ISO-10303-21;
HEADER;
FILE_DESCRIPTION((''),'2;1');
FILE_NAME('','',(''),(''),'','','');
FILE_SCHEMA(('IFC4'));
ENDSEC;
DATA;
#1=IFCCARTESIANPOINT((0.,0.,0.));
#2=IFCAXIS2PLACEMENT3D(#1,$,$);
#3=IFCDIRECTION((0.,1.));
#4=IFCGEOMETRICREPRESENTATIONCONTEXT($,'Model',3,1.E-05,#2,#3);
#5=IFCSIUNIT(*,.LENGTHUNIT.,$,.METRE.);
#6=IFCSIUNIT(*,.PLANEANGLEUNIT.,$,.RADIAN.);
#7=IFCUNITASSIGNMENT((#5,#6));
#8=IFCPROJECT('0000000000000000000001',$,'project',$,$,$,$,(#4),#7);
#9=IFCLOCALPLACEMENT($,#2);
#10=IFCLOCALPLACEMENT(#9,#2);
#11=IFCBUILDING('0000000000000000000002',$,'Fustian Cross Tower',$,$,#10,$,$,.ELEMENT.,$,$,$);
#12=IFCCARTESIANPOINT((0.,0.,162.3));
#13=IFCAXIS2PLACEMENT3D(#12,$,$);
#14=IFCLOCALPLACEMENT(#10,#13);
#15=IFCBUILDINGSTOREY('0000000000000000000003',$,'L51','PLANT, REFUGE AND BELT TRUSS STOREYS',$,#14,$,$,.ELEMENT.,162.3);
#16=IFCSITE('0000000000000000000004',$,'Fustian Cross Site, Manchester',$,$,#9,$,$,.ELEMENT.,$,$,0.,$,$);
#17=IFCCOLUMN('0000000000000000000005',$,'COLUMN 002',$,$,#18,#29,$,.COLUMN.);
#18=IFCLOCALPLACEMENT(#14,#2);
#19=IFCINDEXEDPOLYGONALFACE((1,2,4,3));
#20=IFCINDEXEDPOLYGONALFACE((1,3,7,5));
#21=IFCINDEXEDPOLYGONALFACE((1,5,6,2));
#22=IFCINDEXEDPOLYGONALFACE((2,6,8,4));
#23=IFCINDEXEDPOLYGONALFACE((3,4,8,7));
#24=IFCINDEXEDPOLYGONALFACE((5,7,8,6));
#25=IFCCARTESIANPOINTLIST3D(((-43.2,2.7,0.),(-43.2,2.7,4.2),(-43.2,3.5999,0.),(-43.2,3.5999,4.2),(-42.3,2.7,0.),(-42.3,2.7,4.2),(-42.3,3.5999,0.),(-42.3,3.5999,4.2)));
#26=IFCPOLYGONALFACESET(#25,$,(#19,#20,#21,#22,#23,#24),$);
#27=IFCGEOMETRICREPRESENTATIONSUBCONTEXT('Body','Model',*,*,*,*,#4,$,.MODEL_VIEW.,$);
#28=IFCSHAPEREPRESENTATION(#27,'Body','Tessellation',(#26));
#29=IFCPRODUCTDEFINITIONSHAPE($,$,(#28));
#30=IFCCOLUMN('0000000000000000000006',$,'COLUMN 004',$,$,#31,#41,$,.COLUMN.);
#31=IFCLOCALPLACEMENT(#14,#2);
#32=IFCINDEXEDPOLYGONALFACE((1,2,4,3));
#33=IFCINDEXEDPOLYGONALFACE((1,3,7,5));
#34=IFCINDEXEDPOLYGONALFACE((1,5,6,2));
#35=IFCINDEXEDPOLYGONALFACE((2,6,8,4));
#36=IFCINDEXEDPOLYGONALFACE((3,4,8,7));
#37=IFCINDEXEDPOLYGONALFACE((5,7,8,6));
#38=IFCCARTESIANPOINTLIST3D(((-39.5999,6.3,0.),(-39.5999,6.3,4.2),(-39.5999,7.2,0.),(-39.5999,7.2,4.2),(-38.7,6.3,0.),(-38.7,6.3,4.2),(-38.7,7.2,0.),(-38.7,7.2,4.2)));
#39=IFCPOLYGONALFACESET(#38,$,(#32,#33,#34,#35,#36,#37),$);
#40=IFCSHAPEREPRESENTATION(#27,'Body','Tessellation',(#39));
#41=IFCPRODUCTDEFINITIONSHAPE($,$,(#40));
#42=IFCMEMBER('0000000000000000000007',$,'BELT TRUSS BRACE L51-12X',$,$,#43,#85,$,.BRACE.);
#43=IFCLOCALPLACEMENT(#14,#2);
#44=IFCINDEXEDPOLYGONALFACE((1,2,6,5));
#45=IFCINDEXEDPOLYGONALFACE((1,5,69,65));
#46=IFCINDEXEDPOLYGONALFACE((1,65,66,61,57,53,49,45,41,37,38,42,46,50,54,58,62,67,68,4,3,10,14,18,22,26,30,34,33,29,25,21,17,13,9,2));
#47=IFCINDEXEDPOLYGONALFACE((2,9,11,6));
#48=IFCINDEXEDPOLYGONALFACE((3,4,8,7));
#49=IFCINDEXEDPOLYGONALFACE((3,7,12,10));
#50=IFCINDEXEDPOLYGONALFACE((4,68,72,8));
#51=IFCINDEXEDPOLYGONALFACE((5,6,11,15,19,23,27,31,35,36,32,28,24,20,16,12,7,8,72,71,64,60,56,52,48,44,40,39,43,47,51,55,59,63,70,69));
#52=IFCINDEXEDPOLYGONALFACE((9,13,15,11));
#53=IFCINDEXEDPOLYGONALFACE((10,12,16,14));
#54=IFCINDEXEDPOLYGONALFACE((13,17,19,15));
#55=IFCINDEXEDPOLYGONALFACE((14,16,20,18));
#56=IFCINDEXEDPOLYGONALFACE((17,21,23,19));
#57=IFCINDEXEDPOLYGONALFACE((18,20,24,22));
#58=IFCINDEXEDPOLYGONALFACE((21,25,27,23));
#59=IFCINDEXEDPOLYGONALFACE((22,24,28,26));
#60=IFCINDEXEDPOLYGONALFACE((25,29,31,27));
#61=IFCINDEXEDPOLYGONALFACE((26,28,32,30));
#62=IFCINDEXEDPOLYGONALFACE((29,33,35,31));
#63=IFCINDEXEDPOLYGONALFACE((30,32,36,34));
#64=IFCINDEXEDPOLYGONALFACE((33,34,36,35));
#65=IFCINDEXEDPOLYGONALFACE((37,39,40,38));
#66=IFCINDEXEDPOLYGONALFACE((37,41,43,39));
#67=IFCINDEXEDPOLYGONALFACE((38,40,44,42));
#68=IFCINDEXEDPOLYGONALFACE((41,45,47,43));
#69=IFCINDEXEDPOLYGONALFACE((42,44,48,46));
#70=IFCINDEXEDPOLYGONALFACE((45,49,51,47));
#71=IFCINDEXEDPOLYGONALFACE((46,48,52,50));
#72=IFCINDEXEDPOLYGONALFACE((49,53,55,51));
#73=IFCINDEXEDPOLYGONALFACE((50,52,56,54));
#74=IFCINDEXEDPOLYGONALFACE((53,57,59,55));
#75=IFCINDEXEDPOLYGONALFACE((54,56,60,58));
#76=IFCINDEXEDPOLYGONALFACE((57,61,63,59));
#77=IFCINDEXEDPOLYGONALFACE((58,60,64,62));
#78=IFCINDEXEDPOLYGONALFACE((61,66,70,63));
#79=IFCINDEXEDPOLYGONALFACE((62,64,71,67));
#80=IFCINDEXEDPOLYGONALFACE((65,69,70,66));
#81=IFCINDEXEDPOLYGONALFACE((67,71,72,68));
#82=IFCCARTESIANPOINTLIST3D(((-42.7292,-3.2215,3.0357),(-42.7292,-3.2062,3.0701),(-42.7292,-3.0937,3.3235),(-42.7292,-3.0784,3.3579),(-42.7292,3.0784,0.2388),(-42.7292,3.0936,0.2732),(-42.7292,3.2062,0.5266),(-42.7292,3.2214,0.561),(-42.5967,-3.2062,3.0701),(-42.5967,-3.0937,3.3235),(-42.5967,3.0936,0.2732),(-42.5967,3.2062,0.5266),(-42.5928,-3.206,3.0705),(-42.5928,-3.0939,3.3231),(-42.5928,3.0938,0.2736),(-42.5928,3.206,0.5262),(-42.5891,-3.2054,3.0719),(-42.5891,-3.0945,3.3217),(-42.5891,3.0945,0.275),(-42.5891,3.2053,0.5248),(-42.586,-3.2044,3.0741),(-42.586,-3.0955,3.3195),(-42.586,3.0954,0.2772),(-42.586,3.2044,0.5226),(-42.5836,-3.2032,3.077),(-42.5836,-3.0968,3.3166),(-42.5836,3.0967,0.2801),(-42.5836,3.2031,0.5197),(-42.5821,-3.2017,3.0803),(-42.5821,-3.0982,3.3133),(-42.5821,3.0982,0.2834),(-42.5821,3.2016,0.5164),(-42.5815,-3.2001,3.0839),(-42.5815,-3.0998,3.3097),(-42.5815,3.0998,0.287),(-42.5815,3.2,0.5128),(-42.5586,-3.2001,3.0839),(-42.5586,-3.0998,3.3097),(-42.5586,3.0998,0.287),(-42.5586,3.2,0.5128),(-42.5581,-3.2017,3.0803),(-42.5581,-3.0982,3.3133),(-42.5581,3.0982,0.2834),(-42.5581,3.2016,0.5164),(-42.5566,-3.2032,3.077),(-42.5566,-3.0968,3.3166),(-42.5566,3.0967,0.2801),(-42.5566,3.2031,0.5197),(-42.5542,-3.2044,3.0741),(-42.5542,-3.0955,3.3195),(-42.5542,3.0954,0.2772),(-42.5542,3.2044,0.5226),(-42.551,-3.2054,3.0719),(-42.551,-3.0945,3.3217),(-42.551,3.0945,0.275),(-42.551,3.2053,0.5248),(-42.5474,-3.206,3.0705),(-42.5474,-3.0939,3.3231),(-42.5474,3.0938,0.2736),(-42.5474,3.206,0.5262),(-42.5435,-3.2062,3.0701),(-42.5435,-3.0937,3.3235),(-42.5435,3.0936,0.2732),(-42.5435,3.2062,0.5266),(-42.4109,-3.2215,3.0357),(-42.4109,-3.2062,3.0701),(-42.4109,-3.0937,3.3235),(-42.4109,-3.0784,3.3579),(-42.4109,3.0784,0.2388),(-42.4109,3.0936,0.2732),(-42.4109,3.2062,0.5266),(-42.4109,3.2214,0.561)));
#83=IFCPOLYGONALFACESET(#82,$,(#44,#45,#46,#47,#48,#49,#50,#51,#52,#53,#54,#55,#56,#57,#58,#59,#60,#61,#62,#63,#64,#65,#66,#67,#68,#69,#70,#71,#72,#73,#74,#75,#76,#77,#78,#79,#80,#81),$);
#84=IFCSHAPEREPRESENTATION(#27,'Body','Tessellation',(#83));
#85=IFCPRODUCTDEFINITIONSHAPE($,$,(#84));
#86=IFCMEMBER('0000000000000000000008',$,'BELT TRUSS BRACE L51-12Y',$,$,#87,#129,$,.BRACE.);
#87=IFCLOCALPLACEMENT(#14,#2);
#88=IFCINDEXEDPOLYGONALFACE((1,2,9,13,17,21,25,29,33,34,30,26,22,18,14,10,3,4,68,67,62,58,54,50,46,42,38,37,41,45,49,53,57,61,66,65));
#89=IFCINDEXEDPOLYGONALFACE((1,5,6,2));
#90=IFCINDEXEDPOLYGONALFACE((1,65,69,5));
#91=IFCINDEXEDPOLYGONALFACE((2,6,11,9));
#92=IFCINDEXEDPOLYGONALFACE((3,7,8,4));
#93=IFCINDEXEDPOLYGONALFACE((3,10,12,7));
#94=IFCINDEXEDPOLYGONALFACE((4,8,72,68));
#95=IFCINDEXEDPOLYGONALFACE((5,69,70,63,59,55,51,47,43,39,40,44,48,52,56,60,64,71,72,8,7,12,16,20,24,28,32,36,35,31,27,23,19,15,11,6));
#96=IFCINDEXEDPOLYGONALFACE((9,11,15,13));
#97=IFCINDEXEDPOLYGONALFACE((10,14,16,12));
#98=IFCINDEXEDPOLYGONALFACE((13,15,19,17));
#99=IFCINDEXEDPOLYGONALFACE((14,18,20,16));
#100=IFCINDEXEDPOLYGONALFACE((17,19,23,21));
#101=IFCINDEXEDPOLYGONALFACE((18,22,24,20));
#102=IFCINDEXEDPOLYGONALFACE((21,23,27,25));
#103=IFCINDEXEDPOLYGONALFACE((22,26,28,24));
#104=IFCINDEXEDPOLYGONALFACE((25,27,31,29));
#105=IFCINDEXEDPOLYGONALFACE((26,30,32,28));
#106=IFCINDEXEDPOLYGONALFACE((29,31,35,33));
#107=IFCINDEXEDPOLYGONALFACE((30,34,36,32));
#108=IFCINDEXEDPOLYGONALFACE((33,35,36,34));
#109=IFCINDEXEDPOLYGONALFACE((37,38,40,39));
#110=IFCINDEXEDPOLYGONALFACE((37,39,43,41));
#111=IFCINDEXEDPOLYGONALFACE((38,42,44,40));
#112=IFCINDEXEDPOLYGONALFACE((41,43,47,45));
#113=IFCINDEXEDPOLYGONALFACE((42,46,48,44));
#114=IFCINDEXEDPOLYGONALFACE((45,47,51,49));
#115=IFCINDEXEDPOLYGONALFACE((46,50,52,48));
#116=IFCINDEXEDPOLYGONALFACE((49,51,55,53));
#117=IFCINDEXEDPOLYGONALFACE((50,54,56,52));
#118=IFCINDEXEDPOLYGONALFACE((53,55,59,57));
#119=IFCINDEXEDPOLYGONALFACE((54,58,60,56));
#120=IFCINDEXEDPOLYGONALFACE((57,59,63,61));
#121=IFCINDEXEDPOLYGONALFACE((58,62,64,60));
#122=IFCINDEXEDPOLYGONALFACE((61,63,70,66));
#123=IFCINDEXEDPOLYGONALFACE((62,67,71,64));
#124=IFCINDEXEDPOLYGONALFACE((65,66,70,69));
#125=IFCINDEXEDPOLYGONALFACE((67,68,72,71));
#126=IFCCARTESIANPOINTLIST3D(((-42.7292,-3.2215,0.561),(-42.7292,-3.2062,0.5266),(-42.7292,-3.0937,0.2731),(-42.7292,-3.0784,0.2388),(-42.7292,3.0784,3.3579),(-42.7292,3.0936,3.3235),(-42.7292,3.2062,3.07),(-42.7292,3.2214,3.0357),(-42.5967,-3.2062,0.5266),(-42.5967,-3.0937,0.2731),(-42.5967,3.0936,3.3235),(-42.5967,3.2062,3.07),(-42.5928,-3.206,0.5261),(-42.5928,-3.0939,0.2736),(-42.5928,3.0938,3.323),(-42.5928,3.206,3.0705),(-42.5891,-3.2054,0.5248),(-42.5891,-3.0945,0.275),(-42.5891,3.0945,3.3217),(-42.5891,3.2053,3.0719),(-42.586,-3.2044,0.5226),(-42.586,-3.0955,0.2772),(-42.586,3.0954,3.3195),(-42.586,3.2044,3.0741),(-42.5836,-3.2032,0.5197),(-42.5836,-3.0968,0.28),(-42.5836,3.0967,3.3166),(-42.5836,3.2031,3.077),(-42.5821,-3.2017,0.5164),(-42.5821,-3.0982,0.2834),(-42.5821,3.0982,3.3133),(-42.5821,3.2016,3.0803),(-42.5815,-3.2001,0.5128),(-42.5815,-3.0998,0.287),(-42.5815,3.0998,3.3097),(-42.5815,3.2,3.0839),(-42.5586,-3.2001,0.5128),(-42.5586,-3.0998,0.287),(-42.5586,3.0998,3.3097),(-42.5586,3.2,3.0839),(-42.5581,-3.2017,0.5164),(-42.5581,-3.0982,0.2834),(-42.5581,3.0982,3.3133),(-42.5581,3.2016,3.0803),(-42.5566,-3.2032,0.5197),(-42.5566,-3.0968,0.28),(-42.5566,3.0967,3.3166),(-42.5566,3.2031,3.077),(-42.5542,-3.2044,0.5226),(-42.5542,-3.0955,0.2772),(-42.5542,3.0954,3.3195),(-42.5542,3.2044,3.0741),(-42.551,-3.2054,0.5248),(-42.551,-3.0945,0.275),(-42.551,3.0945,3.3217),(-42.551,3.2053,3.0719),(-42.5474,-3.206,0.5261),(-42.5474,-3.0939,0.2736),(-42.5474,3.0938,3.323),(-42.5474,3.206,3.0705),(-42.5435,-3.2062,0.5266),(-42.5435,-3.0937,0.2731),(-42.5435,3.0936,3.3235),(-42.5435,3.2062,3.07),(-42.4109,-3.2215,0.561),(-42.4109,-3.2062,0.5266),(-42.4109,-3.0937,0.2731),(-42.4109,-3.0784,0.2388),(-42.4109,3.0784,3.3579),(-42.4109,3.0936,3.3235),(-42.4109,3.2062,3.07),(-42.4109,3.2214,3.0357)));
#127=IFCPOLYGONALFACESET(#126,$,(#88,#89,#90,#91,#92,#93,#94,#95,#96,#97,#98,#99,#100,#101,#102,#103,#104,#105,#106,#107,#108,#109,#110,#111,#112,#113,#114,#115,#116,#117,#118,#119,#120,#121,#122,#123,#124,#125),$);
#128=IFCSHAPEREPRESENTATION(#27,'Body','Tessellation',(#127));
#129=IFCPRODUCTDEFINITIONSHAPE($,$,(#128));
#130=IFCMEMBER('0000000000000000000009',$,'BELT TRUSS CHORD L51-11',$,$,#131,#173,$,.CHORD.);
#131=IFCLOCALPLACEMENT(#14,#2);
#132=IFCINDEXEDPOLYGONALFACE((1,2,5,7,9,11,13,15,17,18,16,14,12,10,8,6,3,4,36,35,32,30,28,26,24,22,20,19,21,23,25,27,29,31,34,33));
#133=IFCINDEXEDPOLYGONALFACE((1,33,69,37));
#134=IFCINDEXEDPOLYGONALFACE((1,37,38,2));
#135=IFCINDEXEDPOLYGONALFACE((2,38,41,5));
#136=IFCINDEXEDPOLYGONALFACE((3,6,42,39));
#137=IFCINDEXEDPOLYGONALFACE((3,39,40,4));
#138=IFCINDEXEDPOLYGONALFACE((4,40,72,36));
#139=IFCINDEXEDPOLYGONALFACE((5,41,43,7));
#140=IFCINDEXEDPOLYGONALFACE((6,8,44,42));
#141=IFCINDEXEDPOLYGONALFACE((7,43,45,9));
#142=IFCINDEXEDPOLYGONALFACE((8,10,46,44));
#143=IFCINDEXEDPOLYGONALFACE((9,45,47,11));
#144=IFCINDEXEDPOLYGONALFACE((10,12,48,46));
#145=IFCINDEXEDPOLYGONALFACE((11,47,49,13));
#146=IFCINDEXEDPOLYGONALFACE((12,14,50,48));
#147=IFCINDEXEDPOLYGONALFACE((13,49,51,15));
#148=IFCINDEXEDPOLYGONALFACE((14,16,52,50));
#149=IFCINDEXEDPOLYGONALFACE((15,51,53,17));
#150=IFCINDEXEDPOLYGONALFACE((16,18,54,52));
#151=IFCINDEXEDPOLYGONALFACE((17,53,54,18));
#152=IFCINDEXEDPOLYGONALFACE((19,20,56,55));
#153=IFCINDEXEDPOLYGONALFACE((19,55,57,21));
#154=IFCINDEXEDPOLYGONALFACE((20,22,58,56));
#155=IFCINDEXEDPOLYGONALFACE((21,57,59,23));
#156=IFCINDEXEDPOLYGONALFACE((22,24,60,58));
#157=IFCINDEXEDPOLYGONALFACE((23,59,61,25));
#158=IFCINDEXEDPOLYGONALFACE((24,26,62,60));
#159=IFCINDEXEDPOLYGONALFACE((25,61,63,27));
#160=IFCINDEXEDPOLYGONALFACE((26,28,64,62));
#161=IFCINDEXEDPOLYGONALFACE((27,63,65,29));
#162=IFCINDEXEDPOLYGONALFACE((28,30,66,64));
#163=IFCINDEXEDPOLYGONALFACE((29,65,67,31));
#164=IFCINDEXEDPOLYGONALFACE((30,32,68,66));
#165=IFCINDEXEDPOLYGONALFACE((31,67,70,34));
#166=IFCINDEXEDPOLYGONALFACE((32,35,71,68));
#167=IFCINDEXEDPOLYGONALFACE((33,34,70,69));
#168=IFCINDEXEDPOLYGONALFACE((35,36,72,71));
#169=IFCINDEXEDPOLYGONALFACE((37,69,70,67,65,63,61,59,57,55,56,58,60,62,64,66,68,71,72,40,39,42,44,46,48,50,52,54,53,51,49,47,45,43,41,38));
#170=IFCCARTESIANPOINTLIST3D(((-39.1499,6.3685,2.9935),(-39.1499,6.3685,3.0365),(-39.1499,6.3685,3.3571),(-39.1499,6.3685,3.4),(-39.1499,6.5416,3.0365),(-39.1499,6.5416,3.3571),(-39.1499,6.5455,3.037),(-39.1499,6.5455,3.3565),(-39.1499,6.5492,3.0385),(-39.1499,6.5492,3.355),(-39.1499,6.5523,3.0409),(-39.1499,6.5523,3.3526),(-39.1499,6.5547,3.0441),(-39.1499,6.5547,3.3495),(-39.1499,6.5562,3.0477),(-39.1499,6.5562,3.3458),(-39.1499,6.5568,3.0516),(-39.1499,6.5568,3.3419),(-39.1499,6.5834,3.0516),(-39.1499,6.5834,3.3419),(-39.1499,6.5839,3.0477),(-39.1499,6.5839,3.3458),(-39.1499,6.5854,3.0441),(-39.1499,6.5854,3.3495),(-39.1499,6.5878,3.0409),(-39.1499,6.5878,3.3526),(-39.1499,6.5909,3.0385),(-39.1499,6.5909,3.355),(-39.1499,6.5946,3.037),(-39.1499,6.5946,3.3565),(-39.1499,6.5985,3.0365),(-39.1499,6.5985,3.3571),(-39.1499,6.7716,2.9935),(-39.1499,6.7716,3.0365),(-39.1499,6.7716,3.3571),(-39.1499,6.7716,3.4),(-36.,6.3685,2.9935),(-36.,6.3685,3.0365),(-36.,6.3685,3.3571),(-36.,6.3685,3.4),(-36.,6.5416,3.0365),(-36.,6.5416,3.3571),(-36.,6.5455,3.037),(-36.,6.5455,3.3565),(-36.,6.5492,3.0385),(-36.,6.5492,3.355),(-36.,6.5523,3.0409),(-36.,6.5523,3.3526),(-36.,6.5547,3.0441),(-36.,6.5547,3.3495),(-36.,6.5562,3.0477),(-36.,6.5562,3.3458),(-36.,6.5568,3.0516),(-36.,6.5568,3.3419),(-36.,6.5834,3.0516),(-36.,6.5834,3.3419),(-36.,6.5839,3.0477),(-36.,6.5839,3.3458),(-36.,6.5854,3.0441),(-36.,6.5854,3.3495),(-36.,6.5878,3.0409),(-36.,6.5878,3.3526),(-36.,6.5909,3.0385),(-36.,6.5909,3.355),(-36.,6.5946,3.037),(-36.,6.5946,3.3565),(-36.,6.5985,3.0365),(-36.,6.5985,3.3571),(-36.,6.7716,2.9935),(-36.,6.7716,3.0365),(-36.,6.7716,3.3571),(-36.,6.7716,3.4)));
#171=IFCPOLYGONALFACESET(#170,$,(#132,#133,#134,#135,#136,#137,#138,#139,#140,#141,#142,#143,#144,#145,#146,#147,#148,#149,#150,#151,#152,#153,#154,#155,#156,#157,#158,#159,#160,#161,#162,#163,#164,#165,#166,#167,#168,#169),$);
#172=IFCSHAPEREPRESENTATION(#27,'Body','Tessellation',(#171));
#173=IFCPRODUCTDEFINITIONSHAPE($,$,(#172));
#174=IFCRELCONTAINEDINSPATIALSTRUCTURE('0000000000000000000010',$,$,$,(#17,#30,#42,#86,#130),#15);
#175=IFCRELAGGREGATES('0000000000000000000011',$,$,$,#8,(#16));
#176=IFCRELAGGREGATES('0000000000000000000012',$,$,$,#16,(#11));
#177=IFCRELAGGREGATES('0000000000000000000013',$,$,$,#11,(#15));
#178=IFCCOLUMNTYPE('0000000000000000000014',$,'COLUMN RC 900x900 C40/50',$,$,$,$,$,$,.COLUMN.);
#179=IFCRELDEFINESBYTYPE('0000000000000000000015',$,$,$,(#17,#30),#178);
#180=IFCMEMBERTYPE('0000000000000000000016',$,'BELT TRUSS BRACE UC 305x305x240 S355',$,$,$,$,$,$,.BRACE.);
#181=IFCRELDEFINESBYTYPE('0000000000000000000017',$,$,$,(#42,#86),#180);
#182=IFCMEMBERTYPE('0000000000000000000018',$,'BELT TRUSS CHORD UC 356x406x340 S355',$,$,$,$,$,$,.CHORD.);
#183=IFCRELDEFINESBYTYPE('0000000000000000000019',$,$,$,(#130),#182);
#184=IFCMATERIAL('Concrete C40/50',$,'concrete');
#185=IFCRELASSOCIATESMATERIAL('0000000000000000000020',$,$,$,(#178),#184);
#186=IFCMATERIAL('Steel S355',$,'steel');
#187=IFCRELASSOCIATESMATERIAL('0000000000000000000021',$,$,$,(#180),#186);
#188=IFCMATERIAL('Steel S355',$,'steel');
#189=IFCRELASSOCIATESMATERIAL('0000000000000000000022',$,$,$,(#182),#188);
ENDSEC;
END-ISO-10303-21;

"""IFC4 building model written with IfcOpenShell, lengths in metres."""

from ifc_helpers import new_model, si_unit, direction, frame, origin, origin_2d, place, context, subcontext, project, spatial, rectangle, i_section, extrude, material, material_profile, profile_set, type_object, element, save


model = new_model("IFC4")

# Units and contexts
model_context = context("Model", 3, precision=1e-05, world=origin(), true_north=direction((0.0, 1.0)))
body_context = subcontext(model_context, "Body", "Model", "MODEL_VIEW")
ifc_project = project(units=[si_unit("LENGTHUNIT", "METRE"), si_unit("PLANEANGLEUNIT", "RADIAN")], contexts=[model_context])

# Site, building, storey
site_placement = place(None, origin())
site = spatial("IfcSite", under=ifc_project, at=site_placement, Name="Fustian Cross Site, Manchester", CompositionType="ELEMENT", RefElevation=0.0)
building_placement = place(site_placement, origin())
building = spatial("IfcBuilding", under=site, at=building_placement, Name="Fustian Cross Tower", CompositionType="ELEMENT")
storey_placement = place(building_placement, frame((0.0, 0.0, 162.3)))
storey = spatial("IfcBuildingStorey", under=building, at=storey_placement, Name="L51", Description="PLANT, REFUGE AND BELT TRUSS STOREYS", CompositionType="ELEMENT", Elevation=162.3)

# Columns
ifc_material_1 = material(Name="Concrete C40/50", Category="concrete")
ifc_material_profile_1 = material_profile(ifc_material_1, rectangle(XDim=0.8999, YDim=0.8999, at=origin_2d()), Name="RC 900x900")
ifc_profile_set_1 = profile_set([ifc_material_profile_1], Name="Concrete C40/50")
column_type = type_object("IfcColumnType", Name="COLUMN RC 900x900 C40/50", PredefinedType="COLUMN", material=ifc_profile_set_1)
for number, where, z_axis, x_axis, name in (
    (1, (-42.75, 3.1499, 0.0), (0.0, 0.0, 1.0), (1.0, 0.0, 0.0), "COLUMN 002"),
    (2, (-39.1499, 6.75, 0.0), (0.0, 0.0, 1.0), (1.0, 0.0, 0.0), "COLUMN 004"),
):
    element("IfcColumn", number, at=place(storey_placement, frame(where, z_axis=z_axis, x_axis=x_axis)), inside=storey, type_object=column_type, Name=name, PredefinedType="COLUMN", context=body_context, shape_type="SweptSolid", body=[
        extrude(rectangle(XDim=0.8999, YDim=0.8999, at=origin_2d()), origin(), (0.0, 0.0, 1.0), 4.2),
    ])

# Members
ifc_material_2 = material(Name="Steel S355", Category="steel")
ifc_material_profile_2 = material_profile(ifc_material_2, i_section(OverallWidth=0.3184, OverallDepth=0.3525, WebThickness=0.0229, FlangeThickness=0.0376, FilletRadius=0.0151, at=origin_2d()), Name="UC 305x305x240")
ifc_profile_set_2 = profile_set([ifc_material_profile_2], Name="Steel S355")
member_type_1 = type_object("IfcMemberType", Name="BELT TRUSS BRACE UC 305x305x240 S355", PredefinedType="BRACE", material=ifc_profile_set_2)
for number, where, z_axis, x_axis, name in (
    (3, (-42.5701, 3.1499, 0.3999), (0.0, -0.913975, 0.40577), (1.0, 0.0, 0.0), "BELT TRUSS BRACE L51-12X"),
    (4, (-42.5701, 3.1499, 3.1968), (0.0, -0.913975, -0.40577), (1.0, 0.0, 0.0), "BELT TRUSS BRACE L51-12Y"),
):
    element("IfcMember", number, at=place(storey_placement, frame(where, z_axis=z_axis, x_axis=x_axis)), inside=storey, type_object=member_type_1, Name=name, PredefinedType="BRACE", context=body_context, shape_type="SweptSolid", body=[
        extrude(i_section(OverallWidth=0.3184, OverallDepth=0.3525, WebThickness=0.0229, FlangeThickness=0.0376, FilletRadius=0.0151, at=origin_2d()), origin(), (0.0, 0.0, 1.0), 6.8928),
    ])
ifc_material_3 = material(Name="Steel S355", Category="steel")
ifc_material_profile_3 = material_profile(ifc_material_3, i_section(OverallWidth=0.4031, OverallDepth=0.4065, WebThickness=0.0266, FlangeThickness=0.043, FilletRadius=0.0151, at=origin_2d()), Name="UC 356x406x340")
ifc_profile_set_3 = profile_set([ifc_material_profile_3], Name="Steel S355")
member_type_2 = type_object("IfcMemberType", Name="BELT TRUSS CHORD UC 356x406x340 S355", PredefinedType="CHORD", material=ifc_profile_set_3)
for number, where, z_axis, x_axis, name in (
    (5, (-36.0, 6.5701, 3.1968), (-1.0, 0.0, 0.0), (0.0, -1.0, 0.0), "BELT TRUSS CHORD L51-11"),
):
    element("IfcMember", number, at=place(storey_placement, frame(where, z_axis=z_axis, x_axis=x_axis)), inside=storey, type_object=member_type_2, Name=name, PredefinedType="CHORD", context=body_context, shape_type="SweptSolid", body=[
        extrude(i_section(OverallWidth=0.4031, OverallDepth=0.4065, WebThickness=0.0266, FlangeThickness=0.043, FilletRadius=0.0151, at=origin_2d()), origin(), (0.0, 0.0, 1.0), 3.1499),
    ])

save(model, "model.ifc")
